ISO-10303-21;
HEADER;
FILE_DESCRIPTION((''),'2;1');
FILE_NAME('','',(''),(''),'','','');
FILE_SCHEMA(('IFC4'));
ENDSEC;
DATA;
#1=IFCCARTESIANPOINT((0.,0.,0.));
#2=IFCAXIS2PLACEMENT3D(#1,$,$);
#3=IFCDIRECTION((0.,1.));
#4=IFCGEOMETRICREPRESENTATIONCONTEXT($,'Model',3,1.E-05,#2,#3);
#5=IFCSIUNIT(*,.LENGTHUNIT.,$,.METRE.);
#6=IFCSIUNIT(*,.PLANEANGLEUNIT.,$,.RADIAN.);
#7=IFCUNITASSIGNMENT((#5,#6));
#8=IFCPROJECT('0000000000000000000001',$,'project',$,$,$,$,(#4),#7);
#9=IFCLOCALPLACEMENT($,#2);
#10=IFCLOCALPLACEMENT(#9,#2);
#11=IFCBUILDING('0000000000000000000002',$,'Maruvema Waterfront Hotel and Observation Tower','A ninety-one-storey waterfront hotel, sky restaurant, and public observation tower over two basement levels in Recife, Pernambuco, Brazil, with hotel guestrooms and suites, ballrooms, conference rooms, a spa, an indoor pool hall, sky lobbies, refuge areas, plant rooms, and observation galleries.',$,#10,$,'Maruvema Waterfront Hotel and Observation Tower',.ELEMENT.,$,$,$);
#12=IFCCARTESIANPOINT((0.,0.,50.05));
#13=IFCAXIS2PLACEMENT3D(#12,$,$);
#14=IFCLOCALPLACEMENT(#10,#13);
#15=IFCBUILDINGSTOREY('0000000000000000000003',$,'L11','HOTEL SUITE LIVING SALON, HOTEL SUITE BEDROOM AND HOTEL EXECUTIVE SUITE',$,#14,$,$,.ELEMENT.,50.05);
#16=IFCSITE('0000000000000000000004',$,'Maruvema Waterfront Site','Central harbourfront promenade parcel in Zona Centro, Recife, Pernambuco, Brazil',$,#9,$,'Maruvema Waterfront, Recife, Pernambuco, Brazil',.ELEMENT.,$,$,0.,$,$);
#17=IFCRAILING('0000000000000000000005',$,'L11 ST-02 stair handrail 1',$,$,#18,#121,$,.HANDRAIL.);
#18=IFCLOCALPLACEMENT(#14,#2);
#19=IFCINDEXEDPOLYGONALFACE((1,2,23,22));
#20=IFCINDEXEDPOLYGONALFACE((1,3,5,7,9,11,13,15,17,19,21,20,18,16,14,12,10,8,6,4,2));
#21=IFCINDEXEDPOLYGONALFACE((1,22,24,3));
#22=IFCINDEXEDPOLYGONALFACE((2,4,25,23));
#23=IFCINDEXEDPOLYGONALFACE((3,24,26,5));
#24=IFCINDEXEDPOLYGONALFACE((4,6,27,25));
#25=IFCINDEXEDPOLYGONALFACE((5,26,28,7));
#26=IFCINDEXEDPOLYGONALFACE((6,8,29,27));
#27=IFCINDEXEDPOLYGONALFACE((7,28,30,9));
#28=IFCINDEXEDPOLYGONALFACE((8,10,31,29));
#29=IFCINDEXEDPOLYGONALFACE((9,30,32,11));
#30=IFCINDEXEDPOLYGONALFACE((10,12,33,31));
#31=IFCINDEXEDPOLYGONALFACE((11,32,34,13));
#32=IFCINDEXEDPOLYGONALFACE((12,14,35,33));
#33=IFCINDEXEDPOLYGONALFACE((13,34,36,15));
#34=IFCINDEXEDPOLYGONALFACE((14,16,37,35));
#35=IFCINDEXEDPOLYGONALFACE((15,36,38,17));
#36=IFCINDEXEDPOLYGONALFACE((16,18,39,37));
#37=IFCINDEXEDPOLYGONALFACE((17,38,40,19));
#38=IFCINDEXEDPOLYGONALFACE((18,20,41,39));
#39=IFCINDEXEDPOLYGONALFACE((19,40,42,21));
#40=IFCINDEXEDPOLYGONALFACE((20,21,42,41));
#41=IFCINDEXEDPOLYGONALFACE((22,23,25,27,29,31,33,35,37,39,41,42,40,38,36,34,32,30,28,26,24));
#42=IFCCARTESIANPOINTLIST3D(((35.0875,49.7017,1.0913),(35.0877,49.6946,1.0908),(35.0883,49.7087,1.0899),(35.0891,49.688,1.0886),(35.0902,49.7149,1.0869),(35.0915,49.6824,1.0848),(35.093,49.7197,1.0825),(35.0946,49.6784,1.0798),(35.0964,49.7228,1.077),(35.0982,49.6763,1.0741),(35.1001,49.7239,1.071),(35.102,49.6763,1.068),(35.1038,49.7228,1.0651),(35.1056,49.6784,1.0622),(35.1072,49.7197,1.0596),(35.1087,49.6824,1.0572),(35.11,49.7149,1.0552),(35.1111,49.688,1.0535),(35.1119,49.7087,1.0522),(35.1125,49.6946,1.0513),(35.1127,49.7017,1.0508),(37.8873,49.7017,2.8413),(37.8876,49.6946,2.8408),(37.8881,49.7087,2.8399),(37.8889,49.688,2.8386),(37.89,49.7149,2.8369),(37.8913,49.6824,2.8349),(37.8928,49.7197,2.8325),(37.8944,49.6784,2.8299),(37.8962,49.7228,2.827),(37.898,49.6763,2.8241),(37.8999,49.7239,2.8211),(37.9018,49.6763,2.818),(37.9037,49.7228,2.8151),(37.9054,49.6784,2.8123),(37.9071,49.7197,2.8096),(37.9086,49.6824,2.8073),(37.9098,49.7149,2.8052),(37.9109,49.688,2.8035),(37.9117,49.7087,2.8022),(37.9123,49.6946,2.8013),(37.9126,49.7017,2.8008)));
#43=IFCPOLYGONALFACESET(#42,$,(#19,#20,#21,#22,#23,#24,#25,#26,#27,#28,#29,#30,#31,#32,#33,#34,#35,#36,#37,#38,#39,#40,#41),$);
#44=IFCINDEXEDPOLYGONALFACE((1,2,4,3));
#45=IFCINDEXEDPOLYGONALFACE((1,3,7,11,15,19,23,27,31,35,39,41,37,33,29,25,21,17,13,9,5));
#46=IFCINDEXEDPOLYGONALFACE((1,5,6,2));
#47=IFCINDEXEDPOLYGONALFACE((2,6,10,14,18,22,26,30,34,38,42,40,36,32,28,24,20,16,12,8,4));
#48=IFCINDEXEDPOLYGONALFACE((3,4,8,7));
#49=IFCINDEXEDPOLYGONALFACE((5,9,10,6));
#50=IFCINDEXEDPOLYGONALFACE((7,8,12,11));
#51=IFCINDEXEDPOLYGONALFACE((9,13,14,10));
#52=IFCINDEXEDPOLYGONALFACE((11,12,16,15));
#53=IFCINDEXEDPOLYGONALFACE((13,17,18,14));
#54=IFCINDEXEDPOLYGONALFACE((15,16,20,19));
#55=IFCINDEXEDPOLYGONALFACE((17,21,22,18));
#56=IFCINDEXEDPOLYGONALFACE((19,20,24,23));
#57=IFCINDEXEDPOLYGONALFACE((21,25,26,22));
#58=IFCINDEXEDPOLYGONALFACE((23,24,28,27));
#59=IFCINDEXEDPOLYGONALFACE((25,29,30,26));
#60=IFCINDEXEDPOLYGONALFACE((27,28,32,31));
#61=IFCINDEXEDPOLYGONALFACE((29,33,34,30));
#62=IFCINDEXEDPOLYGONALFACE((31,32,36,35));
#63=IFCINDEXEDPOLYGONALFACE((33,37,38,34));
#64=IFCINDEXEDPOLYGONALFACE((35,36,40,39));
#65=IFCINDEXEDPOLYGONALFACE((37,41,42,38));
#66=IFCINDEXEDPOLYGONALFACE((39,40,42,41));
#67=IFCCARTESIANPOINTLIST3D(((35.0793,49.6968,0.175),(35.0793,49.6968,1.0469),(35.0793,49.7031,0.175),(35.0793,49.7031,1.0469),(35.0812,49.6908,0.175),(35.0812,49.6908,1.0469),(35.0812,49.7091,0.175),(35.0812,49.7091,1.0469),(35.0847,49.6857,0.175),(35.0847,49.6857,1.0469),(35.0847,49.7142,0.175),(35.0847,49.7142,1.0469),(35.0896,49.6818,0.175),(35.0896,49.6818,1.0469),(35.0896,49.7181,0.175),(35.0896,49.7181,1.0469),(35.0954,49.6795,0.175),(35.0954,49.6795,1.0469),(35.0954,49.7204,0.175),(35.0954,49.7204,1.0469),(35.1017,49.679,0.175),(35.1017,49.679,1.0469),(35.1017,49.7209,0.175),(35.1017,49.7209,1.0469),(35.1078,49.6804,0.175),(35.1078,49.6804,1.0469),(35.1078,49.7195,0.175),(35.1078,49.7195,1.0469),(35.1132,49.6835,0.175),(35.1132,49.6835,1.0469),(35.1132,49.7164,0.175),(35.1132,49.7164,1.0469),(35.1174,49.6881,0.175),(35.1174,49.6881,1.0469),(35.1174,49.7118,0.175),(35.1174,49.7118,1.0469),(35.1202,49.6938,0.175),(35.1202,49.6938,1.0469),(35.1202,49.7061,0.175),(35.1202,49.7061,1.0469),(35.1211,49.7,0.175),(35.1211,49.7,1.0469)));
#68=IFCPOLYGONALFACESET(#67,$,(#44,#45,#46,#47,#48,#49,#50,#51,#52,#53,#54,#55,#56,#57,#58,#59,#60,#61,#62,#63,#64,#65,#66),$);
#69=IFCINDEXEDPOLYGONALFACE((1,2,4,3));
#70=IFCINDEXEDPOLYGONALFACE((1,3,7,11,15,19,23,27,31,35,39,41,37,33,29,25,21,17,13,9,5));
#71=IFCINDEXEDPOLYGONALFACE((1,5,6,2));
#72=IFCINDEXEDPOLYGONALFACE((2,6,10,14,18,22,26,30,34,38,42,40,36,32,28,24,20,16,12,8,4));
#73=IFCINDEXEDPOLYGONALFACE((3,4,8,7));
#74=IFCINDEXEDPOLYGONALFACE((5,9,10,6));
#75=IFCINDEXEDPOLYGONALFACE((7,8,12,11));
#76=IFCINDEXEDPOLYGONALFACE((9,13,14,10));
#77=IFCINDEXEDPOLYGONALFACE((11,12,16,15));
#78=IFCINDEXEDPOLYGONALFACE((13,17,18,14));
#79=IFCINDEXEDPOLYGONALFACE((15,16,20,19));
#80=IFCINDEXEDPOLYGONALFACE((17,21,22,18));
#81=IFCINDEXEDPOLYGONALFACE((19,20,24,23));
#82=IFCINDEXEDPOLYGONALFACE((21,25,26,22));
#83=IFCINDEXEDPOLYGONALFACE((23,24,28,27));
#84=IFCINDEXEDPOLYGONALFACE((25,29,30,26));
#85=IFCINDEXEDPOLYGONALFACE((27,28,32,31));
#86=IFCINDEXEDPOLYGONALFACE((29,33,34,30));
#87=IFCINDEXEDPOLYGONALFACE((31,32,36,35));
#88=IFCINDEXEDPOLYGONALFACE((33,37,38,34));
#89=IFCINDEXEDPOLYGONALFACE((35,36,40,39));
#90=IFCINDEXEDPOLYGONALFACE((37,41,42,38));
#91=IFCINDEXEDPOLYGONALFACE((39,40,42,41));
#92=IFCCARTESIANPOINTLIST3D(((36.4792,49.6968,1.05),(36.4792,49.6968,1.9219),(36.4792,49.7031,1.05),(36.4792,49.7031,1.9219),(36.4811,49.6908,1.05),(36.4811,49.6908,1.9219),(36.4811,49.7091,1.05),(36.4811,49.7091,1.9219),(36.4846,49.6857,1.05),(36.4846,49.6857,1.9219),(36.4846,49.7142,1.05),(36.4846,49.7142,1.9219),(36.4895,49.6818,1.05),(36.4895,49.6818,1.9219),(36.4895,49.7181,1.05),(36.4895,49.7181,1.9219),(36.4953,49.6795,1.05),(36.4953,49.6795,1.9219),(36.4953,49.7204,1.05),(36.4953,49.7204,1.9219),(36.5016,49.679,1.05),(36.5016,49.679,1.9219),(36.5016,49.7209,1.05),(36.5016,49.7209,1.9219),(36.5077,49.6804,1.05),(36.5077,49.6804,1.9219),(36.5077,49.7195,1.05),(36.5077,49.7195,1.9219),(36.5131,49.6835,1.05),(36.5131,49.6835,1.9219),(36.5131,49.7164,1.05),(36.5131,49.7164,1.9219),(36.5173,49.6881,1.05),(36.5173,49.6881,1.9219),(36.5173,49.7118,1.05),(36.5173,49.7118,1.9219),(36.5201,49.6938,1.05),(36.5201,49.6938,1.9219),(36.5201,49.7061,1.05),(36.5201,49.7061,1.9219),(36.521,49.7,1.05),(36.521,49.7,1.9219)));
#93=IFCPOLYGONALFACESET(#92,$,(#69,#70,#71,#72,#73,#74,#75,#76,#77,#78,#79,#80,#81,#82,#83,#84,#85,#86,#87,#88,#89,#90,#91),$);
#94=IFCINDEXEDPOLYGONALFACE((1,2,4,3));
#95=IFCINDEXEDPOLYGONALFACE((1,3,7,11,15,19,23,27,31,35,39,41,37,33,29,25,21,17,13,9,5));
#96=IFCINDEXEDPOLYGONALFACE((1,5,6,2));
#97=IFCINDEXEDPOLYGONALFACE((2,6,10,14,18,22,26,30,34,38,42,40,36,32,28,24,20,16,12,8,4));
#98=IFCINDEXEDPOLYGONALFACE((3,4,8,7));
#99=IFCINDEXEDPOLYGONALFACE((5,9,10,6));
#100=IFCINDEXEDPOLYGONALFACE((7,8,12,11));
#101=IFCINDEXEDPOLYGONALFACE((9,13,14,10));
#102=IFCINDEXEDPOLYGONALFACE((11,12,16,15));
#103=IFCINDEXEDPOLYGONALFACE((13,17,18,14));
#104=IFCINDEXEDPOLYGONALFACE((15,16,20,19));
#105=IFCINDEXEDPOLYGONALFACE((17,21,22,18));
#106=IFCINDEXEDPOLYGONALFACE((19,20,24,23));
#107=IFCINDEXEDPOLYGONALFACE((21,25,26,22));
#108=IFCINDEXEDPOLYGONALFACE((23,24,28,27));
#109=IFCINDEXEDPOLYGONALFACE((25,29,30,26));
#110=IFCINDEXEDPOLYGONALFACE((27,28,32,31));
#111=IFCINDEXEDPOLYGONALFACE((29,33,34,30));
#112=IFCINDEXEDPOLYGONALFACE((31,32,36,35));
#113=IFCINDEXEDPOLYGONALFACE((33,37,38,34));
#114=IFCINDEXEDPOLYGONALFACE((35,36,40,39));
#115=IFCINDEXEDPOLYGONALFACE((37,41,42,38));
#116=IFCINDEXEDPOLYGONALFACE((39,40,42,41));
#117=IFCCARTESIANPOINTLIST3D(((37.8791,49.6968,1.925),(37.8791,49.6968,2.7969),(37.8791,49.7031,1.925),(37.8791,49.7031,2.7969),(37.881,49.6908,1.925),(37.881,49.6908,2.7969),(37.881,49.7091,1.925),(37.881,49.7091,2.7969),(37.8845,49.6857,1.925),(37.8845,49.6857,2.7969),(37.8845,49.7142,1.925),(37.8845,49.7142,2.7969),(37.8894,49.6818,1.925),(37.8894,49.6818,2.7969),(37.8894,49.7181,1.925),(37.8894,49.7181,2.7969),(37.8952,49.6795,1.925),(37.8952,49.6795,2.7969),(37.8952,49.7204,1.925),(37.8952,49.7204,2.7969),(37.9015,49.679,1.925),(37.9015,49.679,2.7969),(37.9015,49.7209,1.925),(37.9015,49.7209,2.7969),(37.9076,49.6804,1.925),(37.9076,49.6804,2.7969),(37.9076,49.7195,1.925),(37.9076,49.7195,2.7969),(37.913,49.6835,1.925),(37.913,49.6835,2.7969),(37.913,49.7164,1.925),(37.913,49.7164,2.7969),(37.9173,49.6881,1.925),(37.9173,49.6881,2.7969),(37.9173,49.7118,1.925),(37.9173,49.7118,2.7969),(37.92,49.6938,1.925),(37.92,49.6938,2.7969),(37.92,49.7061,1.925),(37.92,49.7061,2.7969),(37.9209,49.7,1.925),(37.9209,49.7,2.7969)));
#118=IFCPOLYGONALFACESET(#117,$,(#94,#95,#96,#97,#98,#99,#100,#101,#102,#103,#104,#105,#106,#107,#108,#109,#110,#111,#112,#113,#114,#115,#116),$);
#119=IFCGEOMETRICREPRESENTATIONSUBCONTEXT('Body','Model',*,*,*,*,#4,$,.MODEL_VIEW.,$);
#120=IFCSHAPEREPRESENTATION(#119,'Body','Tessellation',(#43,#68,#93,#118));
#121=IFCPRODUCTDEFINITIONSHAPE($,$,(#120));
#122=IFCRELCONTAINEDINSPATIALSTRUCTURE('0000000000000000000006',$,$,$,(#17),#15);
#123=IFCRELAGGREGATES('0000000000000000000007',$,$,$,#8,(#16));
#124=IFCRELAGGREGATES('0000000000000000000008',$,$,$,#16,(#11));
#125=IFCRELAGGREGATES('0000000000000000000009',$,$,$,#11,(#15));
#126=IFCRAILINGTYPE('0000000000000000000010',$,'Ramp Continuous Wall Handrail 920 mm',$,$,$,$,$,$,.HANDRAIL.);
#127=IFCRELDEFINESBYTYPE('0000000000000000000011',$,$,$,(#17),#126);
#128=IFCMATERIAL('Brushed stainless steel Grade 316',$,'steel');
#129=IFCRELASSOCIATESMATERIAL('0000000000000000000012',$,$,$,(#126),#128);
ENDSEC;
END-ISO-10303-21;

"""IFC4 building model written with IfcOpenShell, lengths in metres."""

from ifc_helpers import new_model, si_unit, direction, frame, origin, origin_2d, place, context, subcontext, project, spatial, circle, extrude, material, type_object, element, save


model = new_model("IFC4")

# Units and contexts
model_context = context("Model", 3, precision=1e-05, world=origin(), true_north=direction((0.0, 1.0)))
body_context = subcontext(model_context, "Body", "Model", "MODEL_VIEW")
ifc_project = project(units=[si_unit("LENGTHUNIT", "METRE"), si_unit("PLANEANGLEUNIT", "RADIAN")], contexts=[model_context])

# Site, building, storey
site_placement = place(None, origin())
site = spatial("IfcSite", under=ifc_project, at=site_placement, Name="Maruvema Waterfront Site", Description="Central harbourfront promenade parcel in Zona Centro, Recife, Pernambuco, Brazil", LongName="Maruvema Waterfront, Recife, Pernambuco, Brazil", CompositionType="ELEMENT", RefElevation=0.0)
building_placement = place(site_placement, origin())
building = spatial("IfcBuilding", under=site, at=building_placement, Name="Maruvema Waterfront Hotel and Observation Tower", Description="A ninety-one-storey waterfront hotel, sky restaurant, and public observation tower over two basement levels in Recife, Pernambuco, Brazil, with hotel guestrooms and suites, ballrooms, conference rooms, a spa, an indoor pool hall, sky lobbies, refuge areas, plant rooms, and observation galleries.", LongName="Maruvema Waterfront Hotel and Observation Tower", CompositionType="ELEMENT")
storey_placement = place(building_placement, frame((0.0, 0.0, 50.05)))
storey = spatial("IfcBuildingStorey", under=building, at=storey_placement, Name="L11", Description="HOTEL SUITE LIVING SALON, HOTEL SUITE BEDROOM AND HOTEL EXECUTIVE SUITE", CompositionType="ELEMENT", Elevation=50.05)

# Railing
ifc_material_1 = material(Name="Brushed stainless steel Grade 316", Category="steel")
railing_type_1 = type_object("IfcRailingType", Name="Ramp Continuous Wall Handrail 920 mm", PredefinedType="HANDRAIL", material=ifc_material_1)
railing_1_placement = place(storey_placement, frame((35.1001, 49.7, 0.175)))
element("IfcRailing", 1, at=railing_1_placement, inside=storey, type_object=railing_type_1, Name="L11 ST-02 stair handrail 1", PredefinedType="HANDRAIL", context=body_context, shape_type="SweptSolid", body=[
    extrude(circle(Radius=0.0239, at=origin_2d()), frame((0.0, 0.0, 0.896), z_axis=(0.847982, 0.0, 0.530026), x_axis=(0.0, 1.0, 0.0)), (0.0, 0.0, 1.0), 3.3018),
    extrude(circle(Radius=0.021, at=origin_2d()), origin(), (0.0, 0.0, 1.0), 0.8718),
    extrude(circle(Radius=0.021, at=origin_2d()), frame((1.3999, 0.0, 0.875)), (0.0, 0.0, 1.0), 0.8718),
    extrude(circle(Radius=0.021, at=origin_2d()), frame((2.7998, 0.0, 1.75)), (0.0, 0.0, 1.0), 0.8718),
])

save(model, "model.ifc")
